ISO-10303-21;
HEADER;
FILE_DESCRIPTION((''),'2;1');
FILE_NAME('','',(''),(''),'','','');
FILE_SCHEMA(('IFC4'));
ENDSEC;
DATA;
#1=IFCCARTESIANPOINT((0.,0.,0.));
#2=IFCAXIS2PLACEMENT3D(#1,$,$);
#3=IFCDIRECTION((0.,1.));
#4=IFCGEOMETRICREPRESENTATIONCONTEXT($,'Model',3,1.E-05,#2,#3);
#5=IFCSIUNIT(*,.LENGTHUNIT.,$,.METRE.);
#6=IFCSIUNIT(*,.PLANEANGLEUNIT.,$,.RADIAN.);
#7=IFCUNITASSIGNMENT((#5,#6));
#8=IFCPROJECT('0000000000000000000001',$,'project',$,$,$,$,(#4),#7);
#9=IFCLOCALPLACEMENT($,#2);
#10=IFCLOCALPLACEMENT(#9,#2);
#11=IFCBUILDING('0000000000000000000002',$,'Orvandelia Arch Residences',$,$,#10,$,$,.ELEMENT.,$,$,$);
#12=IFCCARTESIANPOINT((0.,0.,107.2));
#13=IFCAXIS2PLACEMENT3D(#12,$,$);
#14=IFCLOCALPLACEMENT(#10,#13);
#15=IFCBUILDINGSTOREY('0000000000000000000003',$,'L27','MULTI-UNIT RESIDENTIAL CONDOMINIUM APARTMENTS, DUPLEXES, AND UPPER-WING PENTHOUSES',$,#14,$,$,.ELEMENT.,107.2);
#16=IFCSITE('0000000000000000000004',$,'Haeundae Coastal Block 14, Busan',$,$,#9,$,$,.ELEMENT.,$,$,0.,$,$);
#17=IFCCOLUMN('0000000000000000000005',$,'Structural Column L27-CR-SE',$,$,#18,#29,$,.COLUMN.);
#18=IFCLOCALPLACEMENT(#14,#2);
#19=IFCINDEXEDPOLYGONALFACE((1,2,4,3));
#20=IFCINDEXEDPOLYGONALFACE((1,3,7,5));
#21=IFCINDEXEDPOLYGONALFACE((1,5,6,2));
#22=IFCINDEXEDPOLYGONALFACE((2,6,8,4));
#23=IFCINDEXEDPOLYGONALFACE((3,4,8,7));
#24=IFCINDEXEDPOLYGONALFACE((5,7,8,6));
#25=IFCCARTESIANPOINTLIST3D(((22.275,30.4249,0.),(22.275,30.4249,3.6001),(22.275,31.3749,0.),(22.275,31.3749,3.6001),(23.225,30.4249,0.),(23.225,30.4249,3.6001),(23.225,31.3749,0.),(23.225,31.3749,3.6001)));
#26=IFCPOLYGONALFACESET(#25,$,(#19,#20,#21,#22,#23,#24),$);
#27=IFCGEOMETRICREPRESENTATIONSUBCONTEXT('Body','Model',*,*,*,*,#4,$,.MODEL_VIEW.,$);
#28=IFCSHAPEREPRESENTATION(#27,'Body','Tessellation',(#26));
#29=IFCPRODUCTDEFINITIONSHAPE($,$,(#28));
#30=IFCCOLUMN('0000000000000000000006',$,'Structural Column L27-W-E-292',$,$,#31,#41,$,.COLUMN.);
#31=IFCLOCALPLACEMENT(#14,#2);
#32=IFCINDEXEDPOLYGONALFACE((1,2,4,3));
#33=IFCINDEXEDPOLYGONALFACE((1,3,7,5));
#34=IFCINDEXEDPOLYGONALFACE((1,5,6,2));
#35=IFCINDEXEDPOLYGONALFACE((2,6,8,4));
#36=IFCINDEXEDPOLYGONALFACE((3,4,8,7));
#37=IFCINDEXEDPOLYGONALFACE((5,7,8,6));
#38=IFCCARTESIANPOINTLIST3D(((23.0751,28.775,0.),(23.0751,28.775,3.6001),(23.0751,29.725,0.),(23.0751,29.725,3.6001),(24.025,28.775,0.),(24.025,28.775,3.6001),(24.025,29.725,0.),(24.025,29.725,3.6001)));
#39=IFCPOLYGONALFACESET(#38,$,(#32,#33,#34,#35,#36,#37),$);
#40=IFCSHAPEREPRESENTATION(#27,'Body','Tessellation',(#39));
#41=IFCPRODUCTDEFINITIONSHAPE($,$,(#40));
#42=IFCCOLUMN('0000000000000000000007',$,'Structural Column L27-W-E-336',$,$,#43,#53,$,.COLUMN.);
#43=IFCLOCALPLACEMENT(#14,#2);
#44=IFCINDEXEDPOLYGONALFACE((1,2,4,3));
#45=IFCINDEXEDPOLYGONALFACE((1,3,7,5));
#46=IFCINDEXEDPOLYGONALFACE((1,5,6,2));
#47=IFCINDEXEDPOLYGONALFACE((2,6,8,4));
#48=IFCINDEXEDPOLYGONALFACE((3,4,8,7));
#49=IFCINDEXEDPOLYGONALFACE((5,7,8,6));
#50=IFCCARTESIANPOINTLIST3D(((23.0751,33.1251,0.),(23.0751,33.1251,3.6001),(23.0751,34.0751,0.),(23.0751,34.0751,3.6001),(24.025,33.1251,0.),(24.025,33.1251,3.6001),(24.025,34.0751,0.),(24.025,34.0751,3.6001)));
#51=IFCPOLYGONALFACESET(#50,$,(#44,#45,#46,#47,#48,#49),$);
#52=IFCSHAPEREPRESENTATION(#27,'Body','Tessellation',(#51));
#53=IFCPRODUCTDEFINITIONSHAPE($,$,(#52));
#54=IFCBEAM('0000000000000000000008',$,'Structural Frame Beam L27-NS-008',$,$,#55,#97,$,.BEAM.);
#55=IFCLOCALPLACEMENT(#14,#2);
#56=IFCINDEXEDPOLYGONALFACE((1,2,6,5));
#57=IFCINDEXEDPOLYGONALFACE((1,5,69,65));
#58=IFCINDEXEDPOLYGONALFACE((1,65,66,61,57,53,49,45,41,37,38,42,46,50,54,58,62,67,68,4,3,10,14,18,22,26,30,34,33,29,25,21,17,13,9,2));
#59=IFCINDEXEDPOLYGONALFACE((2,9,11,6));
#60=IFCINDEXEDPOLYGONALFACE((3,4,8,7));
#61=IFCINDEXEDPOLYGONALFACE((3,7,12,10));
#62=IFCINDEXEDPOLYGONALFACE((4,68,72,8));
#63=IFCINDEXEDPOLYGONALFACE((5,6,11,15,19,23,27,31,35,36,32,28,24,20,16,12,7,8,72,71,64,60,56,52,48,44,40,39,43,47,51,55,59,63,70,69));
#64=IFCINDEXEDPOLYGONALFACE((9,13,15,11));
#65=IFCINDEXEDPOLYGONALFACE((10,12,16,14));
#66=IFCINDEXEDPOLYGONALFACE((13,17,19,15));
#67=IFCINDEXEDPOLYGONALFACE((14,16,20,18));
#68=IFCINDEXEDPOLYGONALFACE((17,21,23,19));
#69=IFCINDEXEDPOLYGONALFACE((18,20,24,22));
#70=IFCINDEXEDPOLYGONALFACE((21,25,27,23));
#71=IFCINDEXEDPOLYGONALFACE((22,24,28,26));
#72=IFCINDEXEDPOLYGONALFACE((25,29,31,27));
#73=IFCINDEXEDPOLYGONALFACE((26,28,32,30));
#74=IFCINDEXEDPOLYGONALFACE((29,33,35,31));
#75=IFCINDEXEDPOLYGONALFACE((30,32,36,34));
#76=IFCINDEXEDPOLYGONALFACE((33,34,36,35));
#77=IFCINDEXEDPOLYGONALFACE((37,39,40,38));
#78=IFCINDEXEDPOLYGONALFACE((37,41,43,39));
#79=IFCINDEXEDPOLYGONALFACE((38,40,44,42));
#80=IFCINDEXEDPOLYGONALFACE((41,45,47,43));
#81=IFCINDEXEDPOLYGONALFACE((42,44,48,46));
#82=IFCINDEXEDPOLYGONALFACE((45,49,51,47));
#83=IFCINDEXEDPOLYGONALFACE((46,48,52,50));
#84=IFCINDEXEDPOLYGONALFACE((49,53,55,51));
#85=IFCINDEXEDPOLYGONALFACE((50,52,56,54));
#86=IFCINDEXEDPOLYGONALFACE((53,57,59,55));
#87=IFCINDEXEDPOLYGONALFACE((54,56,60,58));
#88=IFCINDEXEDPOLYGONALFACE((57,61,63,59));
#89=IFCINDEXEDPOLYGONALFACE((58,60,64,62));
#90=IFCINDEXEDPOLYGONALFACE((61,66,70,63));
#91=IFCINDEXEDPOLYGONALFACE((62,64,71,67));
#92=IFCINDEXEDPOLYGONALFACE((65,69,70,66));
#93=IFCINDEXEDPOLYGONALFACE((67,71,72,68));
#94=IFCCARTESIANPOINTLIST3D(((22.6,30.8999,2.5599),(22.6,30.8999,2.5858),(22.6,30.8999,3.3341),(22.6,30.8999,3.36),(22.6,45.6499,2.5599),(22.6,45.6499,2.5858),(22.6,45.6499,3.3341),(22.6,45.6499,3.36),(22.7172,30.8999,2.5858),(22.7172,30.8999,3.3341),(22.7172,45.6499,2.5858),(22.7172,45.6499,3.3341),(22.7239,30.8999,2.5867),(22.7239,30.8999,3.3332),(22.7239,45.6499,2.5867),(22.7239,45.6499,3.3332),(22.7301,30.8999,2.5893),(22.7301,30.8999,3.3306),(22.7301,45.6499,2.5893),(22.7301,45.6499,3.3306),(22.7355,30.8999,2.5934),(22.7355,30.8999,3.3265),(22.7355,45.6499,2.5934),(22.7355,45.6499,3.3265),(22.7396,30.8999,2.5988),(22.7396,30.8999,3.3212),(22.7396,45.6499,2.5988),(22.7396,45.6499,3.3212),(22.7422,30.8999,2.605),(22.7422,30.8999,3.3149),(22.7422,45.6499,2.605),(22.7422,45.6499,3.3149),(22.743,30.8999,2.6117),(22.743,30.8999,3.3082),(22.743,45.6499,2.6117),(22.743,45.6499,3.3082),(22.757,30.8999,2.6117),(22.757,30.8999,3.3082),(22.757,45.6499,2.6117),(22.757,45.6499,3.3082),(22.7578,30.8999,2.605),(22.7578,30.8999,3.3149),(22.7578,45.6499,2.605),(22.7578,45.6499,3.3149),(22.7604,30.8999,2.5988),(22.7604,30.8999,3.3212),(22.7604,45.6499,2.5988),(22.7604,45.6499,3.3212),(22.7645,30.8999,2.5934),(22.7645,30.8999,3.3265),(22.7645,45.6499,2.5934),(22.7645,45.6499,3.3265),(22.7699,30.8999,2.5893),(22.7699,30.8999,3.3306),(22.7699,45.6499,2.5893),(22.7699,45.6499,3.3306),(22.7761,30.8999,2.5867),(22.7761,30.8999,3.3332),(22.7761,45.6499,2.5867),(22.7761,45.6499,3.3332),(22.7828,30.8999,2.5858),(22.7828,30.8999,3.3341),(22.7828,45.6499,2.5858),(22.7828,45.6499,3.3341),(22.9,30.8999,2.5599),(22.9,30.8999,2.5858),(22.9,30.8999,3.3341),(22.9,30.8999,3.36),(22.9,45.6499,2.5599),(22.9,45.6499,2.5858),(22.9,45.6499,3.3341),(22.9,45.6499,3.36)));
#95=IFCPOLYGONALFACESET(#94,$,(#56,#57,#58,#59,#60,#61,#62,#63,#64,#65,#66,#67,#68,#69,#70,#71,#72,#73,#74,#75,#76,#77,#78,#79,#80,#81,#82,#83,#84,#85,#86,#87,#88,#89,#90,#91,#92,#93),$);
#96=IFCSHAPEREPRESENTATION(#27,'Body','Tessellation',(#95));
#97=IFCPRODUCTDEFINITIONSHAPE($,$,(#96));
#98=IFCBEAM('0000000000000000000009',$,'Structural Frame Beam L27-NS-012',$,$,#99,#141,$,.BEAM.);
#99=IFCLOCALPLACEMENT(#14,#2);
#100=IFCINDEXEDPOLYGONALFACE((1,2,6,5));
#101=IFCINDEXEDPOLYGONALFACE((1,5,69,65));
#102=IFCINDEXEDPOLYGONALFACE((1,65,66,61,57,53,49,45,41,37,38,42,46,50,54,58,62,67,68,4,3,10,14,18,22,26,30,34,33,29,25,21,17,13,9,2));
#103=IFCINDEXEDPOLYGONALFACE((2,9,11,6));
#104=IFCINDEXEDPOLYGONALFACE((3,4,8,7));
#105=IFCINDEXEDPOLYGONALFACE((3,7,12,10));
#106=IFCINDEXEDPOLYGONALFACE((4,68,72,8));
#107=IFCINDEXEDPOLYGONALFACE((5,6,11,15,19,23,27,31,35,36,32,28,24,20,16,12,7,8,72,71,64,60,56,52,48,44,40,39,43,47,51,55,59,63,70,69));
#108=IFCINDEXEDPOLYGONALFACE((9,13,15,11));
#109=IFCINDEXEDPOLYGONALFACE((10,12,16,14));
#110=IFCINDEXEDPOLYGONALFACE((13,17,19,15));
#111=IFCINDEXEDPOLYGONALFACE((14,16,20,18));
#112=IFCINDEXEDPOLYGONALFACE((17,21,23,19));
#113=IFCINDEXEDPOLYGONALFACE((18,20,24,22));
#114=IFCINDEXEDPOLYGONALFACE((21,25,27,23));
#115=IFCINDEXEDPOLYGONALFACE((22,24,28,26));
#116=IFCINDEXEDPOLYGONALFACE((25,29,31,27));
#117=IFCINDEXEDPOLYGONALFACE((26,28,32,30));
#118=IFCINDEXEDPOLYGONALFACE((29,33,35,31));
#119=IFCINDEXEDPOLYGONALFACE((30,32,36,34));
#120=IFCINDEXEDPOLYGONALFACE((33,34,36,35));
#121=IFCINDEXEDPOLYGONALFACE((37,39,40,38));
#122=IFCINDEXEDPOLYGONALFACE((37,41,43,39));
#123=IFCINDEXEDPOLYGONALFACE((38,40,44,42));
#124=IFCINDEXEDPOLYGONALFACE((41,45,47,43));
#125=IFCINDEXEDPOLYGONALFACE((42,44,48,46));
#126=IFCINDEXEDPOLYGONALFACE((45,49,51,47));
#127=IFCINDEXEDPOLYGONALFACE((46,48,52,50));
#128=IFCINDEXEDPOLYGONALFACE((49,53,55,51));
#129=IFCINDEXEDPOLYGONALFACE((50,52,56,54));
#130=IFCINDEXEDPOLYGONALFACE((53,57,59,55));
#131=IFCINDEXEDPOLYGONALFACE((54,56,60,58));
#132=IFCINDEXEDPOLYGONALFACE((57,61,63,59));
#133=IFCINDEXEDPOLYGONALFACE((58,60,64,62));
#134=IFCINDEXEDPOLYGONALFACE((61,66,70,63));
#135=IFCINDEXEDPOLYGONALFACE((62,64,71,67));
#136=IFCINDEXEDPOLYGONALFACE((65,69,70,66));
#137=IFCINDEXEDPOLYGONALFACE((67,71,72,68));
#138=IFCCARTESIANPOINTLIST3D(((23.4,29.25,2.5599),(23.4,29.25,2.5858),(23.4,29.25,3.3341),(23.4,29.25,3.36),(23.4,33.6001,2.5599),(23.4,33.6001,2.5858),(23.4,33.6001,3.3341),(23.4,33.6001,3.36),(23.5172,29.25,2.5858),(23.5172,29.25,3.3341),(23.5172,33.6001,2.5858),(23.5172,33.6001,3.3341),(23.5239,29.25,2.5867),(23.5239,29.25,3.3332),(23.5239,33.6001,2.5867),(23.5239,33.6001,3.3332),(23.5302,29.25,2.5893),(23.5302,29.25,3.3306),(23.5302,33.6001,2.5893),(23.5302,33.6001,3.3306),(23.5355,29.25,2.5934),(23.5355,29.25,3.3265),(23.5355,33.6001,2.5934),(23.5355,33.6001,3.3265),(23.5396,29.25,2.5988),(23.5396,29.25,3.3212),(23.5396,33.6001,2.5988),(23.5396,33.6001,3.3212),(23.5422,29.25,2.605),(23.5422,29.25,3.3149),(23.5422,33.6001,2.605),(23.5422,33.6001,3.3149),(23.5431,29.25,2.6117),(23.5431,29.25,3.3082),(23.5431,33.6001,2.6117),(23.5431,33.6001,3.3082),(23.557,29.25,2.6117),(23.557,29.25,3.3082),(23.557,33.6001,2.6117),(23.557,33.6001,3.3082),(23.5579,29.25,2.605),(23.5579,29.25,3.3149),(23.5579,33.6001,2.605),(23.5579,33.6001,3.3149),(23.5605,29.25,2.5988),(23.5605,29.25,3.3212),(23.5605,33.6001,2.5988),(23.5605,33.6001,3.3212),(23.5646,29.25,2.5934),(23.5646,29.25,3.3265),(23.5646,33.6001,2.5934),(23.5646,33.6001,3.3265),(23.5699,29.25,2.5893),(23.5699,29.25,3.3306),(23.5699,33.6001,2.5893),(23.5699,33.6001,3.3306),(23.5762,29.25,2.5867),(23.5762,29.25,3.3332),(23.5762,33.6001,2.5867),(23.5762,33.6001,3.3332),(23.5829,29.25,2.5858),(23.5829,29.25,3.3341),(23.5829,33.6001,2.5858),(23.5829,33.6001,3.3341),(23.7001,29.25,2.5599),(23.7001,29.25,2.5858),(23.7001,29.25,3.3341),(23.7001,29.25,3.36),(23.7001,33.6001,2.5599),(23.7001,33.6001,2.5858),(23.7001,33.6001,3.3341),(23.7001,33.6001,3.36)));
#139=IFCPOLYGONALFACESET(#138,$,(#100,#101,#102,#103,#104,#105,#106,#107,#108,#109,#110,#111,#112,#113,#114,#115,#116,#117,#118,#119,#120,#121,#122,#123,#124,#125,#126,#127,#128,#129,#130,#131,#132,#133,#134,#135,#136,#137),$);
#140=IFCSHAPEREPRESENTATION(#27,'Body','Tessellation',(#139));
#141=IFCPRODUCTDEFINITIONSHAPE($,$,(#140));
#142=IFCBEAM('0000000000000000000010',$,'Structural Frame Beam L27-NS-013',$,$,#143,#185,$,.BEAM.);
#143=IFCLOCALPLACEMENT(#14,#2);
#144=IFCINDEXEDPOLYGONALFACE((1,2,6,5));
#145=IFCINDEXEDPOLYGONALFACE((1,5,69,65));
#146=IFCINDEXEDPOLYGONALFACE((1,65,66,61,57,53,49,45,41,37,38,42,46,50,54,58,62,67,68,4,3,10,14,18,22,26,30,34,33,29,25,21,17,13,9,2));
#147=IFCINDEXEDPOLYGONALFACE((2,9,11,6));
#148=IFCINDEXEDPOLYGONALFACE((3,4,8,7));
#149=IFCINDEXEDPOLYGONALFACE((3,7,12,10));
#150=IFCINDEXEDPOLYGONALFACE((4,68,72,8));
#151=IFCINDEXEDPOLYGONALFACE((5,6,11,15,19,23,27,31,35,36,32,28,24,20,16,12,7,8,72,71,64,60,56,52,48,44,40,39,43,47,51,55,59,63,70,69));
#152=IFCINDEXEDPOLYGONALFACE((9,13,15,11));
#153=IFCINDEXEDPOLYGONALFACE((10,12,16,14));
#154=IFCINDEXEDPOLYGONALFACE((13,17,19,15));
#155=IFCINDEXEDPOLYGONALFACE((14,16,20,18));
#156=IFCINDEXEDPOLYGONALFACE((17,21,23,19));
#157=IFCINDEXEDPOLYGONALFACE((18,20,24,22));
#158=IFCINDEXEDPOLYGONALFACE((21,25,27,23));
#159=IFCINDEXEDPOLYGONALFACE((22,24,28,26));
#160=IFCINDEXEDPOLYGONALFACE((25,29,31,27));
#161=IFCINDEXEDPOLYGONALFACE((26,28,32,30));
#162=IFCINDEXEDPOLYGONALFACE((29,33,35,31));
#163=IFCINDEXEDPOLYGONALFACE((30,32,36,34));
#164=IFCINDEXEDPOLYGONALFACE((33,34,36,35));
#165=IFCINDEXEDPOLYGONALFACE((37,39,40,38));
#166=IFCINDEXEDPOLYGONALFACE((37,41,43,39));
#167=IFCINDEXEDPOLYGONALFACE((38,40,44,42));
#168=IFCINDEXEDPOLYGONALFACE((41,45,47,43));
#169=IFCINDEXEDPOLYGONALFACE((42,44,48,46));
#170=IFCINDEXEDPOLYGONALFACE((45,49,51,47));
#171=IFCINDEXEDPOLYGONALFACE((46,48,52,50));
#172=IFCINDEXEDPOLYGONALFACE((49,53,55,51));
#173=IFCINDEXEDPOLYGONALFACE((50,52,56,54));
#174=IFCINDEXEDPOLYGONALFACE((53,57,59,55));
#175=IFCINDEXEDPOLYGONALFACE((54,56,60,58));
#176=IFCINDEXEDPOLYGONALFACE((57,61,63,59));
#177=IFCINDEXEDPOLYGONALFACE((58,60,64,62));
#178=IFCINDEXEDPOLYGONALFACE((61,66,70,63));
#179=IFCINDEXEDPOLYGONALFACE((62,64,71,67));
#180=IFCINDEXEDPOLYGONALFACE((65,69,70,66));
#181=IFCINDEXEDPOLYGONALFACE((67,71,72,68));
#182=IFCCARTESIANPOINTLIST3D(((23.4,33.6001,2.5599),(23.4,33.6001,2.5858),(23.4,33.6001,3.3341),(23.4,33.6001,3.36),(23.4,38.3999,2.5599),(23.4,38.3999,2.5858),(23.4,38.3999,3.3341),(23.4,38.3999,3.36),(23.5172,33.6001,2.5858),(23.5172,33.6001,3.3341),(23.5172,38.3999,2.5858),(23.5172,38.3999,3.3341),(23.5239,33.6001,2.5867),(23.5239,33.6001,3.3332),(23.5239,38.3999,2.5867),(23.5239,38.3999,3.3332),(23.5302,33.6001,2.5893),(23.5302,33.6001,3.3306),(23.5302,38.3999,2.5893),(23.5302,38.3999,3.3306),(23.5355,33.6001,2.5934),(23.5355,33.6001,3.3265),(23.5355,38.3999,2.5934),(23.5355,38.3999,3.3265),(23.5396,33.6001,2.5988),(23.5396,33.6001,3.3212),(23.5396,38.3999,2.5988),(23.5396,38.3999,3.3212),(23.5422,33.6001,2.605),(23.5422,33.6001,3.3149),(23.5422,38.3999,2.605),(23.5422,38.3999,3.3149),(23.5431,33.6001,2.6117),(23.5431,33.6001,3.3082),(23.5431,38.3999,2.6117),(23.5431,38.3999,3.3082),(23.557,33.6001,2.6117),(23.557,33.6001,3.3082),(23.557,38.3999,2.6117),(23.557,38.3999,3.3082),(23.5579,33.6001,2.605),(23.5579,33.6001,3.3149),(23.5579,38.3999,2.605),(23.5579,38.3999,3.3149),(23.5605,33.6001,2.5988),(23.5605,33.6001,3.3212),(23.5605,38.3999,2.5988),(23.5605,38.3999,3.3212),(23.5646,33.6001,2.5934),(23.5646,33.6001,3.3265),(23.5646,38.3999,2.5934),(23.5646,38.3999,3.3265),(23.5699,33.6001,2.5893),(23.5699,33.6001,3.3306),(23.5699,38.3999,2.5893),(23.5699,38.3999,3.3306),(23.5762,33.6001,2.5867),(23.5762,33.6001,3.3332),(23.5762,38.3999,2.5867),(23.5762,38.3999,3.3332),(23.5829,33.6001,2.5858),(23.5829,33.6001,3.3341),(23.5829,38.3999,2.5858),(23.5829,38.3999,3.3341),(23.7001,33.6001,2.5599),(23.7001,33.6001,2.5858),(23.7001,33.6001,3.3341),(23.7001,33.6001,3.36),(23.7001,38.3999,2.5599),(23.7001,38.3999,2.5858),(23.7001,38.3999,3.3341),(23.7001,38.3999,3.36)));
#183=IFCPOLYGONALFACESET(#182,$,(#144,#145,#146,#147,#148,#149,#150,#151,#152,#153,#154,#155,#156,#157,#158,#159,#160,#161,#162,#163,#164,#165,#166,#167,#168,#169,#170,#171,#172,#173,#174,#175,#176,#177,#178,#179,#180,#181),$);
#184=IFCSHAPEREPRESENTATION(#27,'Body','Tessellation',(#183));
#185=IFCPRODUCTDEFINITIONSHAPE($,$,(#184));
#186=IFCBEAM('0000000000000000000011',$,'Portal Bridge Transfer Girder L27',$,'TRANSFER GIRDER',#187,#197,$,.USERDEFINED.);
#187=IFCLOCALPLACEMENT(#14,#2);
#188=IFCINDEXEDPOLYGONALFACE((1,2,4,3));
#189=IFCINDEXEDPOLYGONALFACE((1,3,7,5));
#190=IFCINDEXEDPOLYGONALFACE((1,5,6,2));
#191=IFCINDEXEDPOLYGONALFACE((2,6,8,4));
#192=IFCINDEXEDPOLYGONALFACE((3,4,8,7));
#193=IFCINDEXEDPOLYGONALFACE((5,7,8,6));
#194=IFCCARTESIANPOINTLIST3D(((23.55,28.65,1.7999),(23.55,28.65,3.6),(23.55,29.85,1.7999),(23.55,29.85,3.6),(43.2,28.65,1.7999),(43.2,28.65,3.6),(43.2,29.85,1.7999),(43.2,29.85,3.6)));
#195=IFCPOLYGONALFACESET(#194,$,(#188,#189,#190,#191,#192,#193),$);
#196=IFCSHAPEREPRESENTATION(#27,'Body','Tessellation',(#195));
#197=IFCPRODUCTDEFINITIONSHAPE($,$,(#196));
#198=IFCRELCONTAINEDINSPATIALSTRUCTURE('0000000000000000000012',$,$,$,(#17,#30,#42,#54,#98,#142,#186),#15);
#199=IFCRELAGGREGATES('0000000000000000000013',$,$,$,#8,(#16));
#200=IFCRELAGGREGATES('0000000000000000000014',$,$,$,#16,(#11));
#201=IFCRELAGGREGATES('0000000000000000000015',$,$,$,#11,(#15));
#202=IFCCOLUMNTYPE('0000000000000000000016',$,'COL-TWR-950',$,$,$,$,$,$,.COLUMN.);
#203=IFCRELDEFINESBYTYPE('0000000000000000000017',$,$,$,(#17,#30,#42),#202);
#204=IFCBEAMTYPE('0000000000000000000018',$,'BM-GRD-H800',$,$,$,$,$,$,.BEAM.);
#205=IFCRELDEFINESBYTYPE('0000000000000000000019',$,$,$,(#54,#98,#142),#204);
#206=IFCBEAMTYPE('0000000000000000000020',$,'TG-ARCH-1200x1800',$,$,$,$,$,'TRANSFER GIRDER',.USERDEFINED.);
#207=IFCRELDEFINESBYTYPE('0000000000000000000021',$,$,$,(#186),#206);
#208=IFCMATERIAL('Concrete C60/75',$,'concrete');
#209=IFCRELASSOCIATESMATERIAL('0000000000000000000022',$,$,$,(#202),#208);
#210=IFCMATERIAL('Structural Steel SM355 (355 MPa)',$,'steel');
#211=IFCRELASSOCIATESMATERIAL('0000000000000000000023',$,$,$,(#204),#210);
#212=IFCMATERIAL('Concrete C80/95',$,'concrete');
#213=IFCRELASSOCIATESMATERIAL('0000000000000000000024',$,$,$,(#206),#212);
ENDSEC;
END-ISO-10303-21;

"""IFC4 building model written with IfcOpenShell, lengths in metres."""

from ifc_helpers import new_model, si_unit, direction, frame, origin, origin_2d, place, context, subcontext, project, spatial, rectangle, i_section, extrude, material, material_profile, profile_set, type_object, element, save


model = new_model("IFC4")

# Units and contexts
model_context = context("Model", 3, precision=1e-05, world=origin(), true_north=direction((0.0, 1.0)))
body_context = subcontext(model_context, "Body", "Model", "MODEL_VIEW")
ifc_project = project(units=[si_unit("LENGTHUNIT", "METRE"), si_unit("PLANEANGLEUNIT", "RADIAN")], contexts=[model_context])

# Site, building, storey
site_placement = place(None, origin())
site = spatial("IfcSite", under=ifc_project, at=site_placement, Name="Haeundae Coastal Block 14, Busan", CompositionType="ELEMENT", RefElevation=0.0)
building_placement = place(site_placement, origin())
building = spatial("IfcBuilding", under=site, at=building_placement, Name="Orvandelia Arch Residences", CompositionType="ELEMENT")
storey_placement = place(building_placement, frame((0.0, 0.0, 107.2)))
storey = spatial("IfcBuildingStorey", under=building, at=storey_placement, Name="L27", Description="MULTI-UNIT RESIDENTIAL CONDOMINIUM APARTMENTS, DUPLEXES, AND UPPER-WING PENTHOUSES", CompositionType="ELEMENT", Elevation=107.2)

# Columns
ifc_material_1 = material(Name="Concrete C60/75", Category="concrete")
ifc_material_profile_1 = material_profile(ifc_material_1, rectangle(XDim=0.95, YDim=0.95, at=origin_2d()), Name="Concrete C60/75", Category="concrete")
ifc_profile_set_1 = profile_set([ifc_material_profile_1], Name="Concrete C60/75")
column_type = type_object("IfcColumnType", Name="COL-TWR-950", PredefinedType="COLUMN", material=ifc_profile_set_1)
for number, where, z_axis, x_axis, name in (
    (1, (22.75, 30.8999, 0.0), (0.0, 0.0, 1.0), (1.0, 0.0, 0.0), "Structural Column L27-CR-SE"),
    (2, (23.55, 29.25, 0.0), (0.0, 0.0, 1.0), (1.0, 0.0, 0.0), "Structural Column L27-W-E-292"),
    (3, (23.55, 33.6001, 0.0), (0.0, 0.0, 1.0), (1.0, 0.0, 0.0), "Structural Column L27-W-E-336"),
):
    element("IfcColumn", number, at=place(storey_placement, frame(where, z_axis=z_axis, x_axis=x_axis)), inside=storey, type_object=column_type, Name=name, PredefinedType="COLUMN", context=body_context, shape_type="SweptSolid", body=[
        extrude(rectangle(XDim=0.95, YDim=0.95, at=origin_2d()), origin(), (0.0, 0.0, 1.0), 3.6001),
    ])

# Beams
ifc_material_2 = material(Name="Structural Steel SM355 (355 MPa)", Category="steel")
ifc_material_profile_2 = material_profile(ifc_material_2, i_section(OverallWidth=0.3, OverallDepth=0.8, WebThickness=0.0139, FlangeThickness=0.0259, FilletRadius=0.0259, at=origin_2d()), Name="Structural Steel SM355 (355 MPa)", Category="steel")
ifc_profile_set_2 = profile_set([ifc_material_profile_2], Name="Structural Steel SM355 (355 MPa)")
beam_type_1 = type_object("IfcBeamType", Name="BM-GRD-H800", PredefinedType="BEAM", material=ifc_profile_set_2)
beam_1_placement = place(storey_placement, frame((22.75, 30.8999, 2.96), z_axis=(0.0, 1.0, 0.0), x_axis=(-1.0, 0.0, 0.0)))
element("IfcBeam", 4, at=beam_1_placement, inside=storey, type_object=beam_type_1, Name="Structural Frame Beam L27-NS-008", PredefinedType="BEAM", context=body_context, shape_type="SweptSolid", body=[
    extrude(i_section(OverallWidth=0.3, OverallDepth=0.8, WebThickness=0.0139, FlangeThickness=0.0259, FilletRadius=0.0259, at=origin_2d()), origin(), (0.0, 0.0, 1.0), 14.75),
])
beam_2_placement = place(storey_placement, frame((23.55, 29.25, 2.96), z_axis=(0.0, 1.0, 0.0), x_axis=(-1.0, 0.0, 0.0)))
element("IfcBeam", 5, at=beam_2_placement, inside=storey, type_object=beam_type_1, Name="Structural Frame Beam L27-NS-012", PredefinedType="BEAM", context=body_context, shape_type="SweptSolid", body=[
    extrude(i_section(OverallWidth=0.3, OverallDepth=0.8, WebThickness=0.0139, FlangeThickness=0.0259, FilletRadius=0.0259, at=origin_2d()), origin(), (0.0, 0.0, 1.0), 4.3501),
])
beam_3_placement = place(storey_placement, frame((23.55, 33.6001, 2.96), z_axis=(0.0, 1.0, 0.0), x_axis=(-1.0, 0.0, 0.0)))
element("IfcBeam", 6, at=beam_3_placement, inside=storey, type_object=beam_type_1, Name="Structural Frame Beam L27-NS-013", PredefinedType="BEAM", context=body_context, shape_type="SweptSolid", body=[
    extrude(i_section(OverallWidth=0.3, OverallDepth=0.8, WebThickness=0.0139, FlangeThickness=0.0259, FilletRadius=0.0259, at=origin_2d()), origin(), (0.0, 0.0, 1.0), 4.7998),
])
ifc_material_3 = material(Name="Concrete C80/95", Category="concrete")
ifc_material_profile_3 = material_profile(ifc_material_3, rectangle(XDim=1.2, YDim=1.8, at=origin_2d()), Name="Concrete C80/95", Category="concrete")
ifc_profile_set_3 = profile_set([ifc_material_profile_3], Name="Concrete C80/95")
beam_type_2 = type_object("IfcBeamType", Name="TG-ARCH-1200x1800", ElementType="TRANSFER GIRDER", PredefinedType="USERDEFINED", material=ifc_profile_set_3)
beam_4_placement = place(storey_placement, frame((23.55, 29.25, 2.7), z_axis=(1.0, 0.0, 0.0), x_axis=(0.0, 1.0, 0.0)))
element("IfcBeam", 7, at=beam_4_placement, inside=storey, type_object=beam_type_2, Name="Portal Bridge Transfer Girder L27", ObjectType="TRANSFER GIRDER", PredefinedType="USERDEFINED", context=body_context, shape_type="SweptSolid", body=[
    extrude(rectangle(XDim=1.2, YDim=1.8, at=origin_2d()), origin(), (0.0, 0.0, 1.0), 19.6499),
])

save(model, "model.ifc")
